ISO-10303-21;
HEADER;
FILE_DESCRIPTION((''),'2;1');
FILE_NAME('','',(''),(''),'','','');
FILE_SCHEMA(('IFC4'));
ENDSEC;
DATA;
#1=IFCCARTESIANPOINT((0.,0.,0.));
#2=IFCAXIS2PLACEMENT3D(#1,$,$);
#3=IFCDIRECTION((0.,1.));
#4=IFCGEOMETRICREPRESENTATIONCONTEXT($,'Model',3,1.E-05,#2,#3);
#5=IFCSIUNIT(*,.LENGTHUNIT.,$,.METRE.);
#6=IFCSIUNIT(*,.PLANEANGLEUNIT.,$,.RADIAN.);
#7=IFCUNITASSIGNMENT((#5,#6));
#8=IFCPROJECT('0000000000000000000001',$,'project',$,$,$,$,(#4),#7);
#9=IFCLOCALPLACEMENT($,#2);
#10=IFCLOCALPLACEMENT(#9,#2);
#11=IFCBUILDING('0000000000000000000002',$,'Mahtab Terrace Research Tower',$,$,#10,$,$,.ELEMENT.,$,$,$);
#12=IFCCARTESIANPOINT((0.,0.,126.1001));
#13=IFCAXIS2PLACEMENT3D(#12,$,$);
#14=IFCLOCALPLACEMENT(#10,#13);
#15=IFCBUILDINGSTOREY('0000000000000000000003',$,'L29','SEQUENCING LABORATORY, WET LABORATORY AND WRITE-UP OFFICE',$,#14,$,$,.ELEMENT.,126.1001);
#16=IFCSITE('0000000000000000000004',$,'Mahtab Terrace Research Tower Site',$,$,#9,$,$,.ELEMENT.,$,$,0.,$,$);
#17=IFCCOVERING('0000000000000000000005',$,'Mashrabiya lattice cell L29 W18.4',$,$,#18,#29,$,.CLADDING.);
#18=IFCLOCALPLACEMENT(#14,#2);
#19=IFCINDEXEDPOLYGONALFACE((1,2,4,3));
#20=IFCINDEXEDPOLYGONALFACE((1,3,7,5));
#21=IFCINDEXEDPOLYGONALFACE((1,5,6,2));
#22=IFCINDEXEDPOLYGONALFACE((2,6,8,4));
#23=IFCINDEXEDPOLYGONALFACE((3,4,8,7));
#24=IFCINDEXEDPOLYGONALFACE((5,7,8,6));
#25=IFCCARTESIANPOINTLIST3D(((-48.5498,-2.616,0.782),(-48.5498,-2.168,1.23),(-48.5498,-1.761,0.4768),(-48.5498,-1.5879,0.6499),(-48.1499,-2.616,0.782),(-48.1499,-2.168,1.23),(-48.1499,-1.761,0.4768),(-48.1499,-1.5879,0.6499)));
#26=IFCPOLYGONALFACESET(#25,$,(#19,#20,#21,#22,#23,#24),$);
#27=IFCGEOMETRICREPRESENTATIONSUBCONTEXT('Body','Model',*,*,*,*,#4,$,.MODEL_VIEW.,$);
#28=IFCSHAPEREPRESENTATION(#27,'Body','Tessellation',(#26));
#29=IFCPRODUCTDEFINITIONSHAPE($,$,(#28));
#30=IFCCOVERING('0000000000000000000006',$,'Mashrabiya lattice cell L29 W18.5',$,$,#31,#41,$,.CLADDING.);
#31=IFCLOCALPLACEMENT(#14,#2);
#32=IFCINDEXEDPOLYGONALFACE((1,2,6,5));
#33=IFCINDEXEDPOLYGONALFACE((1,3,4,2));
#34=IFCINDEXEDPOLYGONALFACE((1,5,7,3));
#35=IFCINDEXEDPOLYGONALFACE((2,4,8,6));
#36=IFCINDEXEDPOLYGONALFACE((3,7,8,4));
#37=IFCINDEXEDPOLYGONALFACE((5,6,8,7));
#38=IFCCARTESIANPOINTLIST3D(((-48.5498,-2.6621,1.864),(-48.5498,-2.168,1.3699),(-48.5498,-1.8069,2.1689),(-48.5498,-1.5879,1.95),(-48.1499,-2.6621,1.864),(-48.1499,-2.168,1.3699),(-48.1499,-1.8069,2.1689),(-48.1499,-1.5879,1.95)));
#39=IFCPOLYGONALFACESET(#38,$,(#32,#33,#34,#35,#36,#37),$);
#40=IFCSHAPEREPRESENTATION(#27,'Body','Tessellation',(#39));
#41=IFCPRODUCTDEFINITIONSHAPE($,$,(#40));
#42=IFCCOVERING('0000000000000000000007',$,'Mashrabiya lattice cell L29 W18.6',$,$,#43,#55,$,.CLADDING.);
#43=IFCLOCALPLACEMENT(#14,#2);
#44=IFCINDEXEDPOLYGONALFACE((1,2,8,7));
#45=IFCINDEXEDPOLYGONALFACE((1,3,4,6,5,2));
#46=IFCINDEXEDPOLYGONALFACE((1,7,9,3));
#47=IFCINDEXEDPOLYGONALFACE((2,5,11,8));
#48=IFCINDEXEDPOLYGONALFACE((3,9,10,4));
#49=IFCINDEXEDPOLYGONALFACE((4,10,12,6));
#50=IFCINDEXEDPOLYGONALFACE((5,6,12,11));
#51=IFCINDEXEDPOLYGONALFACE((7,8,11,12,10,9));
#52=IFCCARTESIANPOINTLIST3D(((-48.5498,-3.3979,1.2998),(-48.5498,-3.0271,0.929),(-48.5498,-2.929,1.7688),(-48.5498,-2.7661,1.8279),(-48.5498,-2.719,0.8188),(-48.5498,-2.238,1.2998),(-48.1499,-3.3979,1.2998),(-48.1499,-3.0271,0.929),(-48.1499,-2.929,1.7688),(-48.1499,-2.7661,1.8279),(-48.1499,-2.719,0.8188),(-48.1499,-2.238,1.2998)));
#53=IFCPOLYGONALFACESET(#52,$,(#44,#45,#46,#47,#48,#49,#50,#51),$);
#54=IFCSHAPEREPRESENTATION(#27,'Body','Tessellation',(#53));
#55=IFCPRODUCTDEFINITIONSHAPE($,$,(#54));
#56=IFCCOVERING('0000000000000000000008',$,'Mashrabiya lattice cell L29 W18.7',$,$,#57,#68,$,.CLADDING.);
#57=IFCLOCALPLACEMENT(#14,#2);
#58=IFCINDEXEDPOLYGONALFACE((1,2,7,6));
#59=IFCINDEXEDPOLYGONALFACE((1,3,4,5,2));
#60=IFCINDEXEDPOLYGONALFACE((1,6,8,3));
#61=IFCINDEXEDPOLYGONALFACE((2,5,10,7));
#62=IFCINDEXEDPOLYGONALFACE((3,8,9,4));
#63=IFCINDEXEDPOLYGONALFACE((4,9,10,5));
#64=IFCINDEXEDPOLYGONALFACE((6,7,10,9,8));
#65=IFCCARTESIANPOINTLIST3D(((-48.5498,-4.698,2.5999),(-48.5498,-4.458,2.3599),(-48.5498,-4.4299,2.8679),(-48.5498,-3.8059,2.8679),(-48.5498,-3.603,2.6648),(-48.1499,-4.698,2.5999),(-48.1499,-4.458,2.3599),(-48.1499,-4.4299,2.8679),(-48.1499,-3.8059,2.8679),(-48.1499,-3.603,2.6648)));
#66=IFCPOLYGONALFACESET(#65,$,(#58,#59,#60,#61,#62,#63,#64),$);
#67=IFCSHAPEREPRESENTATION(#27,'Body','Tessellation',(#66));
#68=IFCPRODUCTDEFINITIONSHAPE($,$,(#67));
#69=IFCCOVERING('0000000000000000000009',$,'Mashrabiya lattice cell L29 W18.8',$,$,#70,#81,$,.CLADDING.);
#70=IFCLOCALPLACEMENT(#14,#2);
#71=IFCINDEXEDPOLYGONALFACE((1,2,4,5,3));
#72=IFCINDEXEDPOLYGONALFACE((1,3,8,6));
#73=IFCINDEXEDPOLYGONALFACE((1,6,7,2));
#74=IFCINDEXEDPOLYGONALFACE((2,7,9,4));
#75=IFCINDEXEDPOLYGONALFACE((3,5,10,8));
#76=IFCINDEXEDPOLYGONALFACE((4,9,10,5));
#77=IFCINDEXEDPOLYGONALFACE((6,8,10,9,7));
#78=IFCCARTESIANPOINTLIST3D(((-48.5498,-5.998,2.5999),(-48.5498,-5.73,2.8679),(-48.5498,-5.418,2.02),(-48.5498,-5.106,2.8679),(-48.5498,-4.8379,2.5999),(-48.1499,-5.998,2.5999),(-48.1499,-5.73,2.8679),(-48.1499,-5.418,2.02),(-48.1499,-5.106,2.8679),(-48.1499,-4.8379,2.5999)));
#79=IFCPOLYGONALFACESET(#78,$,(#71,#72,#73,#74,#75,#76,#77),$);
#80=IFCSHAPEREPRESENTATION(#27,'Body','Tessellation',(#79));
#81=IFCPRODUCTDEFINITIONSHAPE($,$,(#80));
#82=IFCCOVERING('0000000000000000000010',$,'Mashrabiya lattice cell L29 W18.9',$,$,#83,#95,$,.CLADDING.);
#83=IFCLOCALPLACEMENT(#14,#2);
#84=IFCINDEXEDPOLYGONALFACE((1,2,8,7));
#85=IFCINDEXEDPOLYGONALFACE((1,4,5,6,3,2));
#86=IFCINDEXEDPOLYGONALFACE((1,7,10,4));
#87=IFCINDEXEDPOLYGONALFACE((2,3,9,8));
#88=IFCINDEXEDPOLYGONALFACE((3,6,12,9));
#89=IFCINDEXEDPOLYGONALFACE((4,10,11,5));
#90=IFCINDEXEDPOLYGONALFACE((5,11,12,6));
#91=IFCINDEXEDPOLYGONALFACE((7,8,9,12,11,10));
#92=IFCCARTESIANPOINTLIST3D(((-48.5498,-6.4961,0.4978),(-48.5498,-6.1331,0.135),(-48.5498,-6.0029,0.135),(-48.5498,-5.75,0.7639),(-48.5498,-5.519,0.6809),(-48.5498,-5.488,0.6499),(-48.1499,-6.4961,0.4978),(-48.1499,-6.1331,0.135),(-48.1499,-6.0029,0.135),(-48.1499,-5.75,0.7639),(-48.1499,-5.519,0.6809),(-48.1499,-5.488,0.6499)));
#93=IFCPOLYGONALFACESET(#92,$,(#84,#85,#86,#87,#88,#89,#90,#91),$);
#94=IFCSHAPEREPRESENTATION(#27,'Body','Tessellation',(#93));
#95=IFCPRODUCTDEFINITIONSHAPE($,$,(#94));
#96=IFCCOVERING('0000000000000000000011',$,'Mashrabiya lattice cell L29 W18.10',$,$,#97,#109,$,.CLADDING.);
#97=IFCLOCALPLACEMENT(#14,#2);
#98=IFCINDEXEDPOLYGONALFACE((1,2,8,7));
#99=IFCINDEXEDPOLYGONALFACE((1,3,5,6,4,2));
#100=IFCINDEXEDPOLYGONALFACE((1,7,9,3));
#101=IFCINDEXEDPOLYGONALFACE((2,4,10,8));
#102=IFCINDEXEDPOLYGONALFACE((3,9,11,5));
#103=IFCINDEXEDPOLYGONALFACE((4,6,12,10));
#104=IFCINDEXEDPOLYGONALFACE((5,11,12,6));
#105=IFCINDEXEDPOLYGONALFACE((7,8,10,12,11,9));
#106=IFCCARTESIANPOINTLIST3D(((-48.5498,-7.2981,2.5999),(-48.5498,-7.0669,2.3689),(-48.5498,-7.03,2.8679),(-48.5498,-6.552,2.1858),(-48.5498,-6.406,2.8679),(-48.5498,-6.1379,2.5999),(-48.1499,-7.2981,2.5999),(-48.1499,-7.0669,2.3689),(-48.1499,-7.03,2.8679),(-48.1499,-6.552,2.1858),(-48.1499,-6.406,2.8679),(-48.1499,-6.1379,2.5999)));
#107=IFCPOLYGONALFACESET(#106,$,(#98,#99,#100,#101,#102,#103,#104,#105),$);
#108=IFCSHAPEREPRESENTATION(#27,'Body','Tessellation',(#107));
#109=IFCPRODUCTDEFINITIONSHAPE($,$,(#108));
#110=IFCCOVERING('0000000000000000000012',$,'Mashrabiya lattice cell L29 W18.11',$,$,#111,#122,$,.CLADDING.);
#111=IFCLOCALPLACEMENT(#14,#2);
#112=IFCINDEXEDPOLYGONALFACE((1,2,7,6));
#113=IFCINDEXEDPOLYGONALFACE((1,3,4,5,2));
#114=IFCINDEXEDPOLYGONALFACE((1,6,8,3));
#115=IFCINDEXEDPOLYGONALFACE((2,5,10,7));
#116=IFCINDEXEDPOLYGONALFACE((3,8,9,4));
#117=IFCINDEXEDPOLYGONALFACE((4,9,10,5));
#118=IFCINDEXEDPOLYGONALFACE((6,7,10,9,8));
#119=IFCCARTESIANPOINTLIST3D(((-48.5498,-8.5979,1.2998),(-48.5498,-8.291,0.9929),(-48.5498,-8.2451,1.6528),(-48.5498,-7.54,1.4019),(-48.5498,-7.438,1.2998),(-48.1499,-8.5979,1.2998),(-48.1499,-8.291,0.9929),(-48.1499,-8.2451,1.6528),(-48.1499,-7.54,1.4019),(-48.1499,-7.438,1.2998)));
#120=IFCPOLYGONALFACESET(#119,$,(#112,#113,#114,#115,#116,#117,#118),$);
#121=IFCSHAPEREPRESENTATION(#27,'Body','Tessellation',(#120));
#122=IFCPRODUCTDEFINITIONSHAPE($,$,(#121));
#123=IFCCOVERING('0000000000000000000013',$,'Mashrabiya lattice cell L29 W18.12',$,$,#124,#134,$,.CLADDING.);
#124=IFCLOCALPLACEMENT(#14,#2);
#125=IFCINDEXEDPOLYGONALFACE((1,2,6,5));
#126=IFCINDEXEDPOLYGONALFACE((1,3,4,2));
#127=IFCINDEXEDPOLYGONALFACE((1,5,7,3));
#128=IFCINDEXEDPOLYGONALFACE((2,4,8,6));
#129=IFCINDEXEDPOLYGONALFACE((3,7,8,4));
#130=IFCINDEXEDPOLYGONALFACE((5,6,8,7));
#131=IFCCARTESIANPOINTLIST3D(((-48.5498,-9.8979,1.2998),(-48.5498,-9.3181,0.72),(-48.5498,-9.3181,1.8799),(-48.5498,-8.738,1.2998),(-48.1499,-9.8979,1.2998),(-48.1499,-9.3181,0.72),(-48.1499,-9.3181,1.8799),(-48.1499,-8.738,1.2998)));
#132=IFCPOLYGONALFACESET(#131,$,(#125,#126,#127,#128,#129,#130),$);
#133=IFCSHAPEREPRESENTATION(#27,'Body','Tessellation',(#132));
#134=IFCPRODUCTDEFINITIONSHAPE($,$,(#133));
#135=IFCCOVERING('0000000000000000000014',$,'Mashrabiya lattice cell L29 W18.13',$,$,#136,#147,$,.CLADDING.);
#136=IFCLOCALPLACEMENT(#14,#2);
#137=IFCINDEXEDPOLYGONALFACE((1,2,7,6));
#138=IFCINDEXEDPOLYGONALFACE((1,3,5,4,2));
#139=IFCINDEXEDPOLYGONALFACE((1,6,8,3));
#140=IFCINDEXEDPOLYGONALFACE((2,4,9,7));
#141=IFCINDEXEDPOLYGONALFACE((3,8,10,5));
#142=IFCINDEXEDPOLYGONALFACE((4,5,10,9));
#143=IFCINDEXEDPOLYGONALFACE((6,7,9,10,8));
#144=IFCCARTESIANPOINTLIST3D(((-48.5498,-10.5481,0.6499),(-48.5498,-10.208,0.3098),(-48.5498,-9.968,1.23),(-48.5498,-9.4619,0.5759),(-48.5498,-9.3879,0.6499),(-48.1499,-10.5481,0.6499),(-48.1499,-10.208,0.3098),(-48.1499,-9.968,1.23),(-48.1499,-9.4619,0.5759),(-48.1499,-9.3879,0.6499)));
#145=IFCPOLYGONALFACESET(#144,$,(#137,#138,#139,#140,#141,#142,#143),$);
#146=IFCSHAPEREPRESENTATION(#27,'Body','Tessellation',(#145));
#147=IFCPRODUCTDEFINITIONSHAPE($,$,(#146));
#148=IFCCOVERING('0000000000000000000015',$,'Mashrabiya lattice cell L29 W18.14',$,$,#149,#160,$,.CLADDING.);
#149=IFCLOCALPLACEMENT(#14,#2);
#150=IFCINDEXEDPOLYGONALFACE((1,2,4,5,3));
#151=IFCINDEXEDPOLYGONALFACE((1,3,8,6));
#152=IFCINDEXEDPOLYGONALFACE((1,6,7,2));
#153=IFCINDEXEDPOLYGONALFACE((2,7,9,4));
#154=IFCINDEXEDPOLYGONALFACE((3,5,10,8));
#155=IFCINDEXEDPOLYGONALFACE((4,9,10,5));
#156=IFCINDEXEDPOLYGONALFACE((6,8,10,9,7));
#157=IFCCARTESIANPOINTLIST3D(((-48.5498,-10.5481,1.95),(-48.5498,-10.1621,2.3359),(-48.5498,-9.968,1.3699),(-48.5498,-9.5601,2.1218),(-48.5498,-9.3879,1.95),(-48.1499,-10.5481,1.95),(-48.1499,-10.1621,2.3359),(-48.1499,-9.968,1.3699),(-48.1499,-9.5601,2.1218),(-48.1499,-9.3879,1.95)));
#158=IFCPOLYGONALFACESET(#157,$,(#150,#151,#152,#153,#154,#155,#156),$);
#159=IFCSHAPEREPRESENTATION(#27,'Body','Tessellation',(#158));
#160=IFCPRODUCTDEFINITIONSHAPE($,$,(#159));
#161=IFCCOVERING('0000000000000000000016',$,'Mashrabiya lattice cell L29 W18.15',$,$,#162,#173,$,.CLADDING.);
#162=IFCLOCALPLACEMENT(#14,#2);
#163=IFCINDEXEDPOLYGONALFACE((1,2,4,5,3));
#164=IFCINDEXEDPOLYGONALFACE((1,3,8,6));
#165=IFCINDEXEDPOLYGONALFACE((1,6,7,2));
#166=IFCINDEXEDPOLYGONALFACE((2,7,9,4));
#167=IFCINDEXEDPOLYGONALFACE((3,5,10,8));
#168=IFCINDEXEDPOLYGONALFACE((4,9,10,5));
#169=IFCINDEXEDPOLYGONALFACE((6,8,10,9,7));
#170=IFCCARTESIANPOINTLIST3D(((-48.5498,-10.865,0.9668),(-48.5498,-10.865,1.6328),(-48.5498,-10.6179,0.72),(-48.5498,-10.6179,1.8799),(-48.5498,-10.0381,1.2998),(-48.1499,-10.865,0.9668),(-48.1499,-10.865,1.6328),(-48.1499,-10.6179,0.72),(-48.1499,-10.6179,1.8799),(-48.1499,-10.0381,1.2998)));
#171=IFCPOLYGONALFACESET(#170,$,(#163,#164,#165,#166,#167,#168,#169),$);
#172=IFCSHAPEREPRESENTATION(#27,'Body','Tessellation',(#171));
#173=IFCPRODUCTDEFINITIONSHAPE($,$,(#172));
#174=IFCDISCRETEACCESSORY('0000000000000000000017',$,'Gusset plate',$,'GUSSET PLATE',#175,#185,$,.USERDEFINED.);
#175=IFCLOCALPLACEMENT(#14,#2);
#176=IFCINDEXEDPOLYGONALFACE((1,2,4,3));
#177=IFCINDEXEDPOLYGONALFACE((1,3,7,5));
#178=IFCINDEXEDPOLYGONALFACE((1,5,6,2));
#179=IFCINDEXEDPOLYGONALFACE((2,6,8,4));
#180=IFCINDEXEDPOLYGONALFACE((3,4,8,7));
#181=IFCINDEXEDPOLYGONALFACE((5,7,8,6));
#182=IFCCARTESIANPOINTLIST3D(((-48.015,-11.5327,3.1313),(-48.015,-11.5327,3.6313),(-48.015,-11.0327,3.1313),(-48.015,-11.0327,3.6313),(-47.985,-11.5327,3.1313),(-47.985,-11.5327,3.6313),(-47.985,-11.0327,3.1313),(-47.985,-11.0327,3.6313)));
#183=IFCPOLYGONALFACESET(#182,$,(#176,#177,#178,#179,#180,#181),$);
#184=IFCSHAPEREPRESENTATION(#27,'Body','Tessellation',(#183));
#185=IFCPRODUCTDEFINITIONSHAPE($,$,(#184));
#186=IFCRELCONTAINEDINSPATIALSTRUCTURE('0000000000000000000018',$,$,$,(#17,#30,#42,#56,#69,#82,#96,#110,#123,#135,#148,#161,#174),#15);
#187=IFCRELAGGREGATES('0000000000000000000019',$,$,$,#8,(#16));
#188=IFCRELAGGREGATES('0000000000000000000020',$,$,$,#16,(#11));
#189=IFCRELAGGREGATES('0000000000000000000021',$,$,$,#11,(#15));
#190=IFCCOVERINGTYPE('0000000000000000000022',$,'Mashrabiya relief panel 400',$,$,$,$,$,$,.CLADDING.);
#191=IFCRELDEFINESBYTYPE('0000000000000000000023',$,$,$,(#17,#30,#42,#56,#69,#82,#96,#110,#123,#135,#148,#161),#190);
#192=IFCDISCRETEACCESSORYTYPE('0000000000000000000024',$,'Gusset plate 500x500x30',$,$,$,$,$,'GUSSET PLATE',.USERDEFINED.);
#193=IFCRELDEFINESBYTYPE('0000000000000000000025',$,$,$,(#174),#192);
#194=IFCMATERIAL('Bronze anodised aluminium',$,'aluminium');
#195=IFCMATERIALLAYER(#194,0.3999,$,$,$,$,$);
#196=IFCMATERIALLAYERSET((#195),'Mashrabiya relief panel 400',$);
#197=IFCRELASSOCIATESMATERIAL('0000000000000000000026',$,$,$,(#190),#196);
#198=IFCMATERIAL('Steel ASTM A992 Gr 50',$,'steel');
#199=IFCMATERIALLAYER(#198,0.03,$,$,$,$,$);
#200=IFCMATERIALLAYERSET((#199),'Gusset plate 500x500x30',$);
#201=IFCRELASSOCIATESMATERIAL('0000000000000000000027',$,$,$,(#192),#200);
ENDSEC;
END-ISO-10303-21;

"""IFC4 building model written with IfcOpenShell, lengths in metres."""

from ifc_helpers import new_model, si_unit, direction, frame, origin, origin_2d, place, context, subcontext, project, spatial, polyline, rectangle, outline, extrude, material, layer, layer_set, type_object, element, save


model = new_model("IFC4")

# Units and contexts
model_context = context("Model", 3, precision=1e-05, world=origin(), true_north=direction((0.0, 1.0)))
body_context = subcontext(model_context, "Body", "Model", "MODEL_VIEW")
ifc_project = project(units=[si_unit("LENGTHUNIT", "METRE"), si_unit("PLANEANGLEUNIT", "RADIAN")], contexts=[model_context])

# Site, building, storey
site_placement = place(None, origin())
site = spatial("IfcSite", under=ifc_project, at=site_placement, Name="Mahtab Terrace Research Tower Site", CompositionType="ELEMENT", RefElevation=0.0)
building_placement = place(site_placement, origin())
building = spatial("IfcBuilding", under=site, at=building_placement, Name="Mahtab Terrace Research Tower", CompositionType="ELEMENT")
storey_placement = place(building_placement, frame((0.0, 0.0, 126.1001)))
storey = spatial("IfcBuildingStorey", under=building, at=storey_placement, Name="L29", Description="SEQUENCING LABORATORY, WET LABORATORY AND WRITE-UP OFFICE", CompositionType="ELEMENT", Elevation=126.1001)

# Shared definitions
ifc_material_1 = material(Name="Steel ASTM A992 Gr 50", Category="steel")

# Coverings
ifc_material_2 = material(Name="Bronze anodised aluminium", Category="aluminium")
ifc_layer_1 = layer(ifc_material_2, 0.3999)
ifc_layer_set_1 = layer_set([ifc_layer_1], Name="Mashrabiya relief panel 400")
covering_type = type_object("IfcCoveringType", Name="Mashrabiya relief panel 400", PredefinedType="CLADDING", material=ifc_layer_set_1)
covering_1_placement = place(storey_placement, frame((-48.1499, -1.5879, 0.6499), z_axis=(1.0, 0.0, 0.0), x_axis=(0.0, -0.707107, 0.707107)))
element("IfcCovering", 1, at=covering_1_placement, inside=storey, type_object=covering_type, Name="Mashrabiya lattice cell L29 W18.4", PredefinedType="CLADDING", context=body_context, shape_type="SweptSolid", body=[
    extrude(outline(polyline([(0.0, 0.0), (0.8204, 0.0), (0.8204, 0.6336), (0.0, 0.2448), (0.0, 0.0)])), origin(), (0.0, 0.0, -1.0), 0.3999),
])
covering_2_placement = place(storey_placement, frame((-48.1499, -2.168, 1.3699), z_axis=(1.0, 0.0, 0.0), x_axis=(0.0, 0.707107, 0.707107)))
element("IfcCovering", 2, at=covering_2_placement, inside=storey, type_object=covering_type, Name="Mashrabiya lattice cell L29 W18.5", PredefinedType="CLADDING", context=body_context, shape_type="SweptSolid", body=[
    extrude(outline(polyline([(0.0, 0.0), (0.8204, 0.0), (0.8204, 0.3097), (0.0, 0.6988), (0.0, 0.0)])), origin(), (0.0, 0.0, -1.0), 0.3999),
])
covering_3_placement = place(storey_placement, frame((-48.1499, -2.238, 1.2998), z_axis=(1.0, 0.0, 0.0), x_axis=(0.0, -0.707107, 0.707107)))
element("IfcCovering", 3, at=covering_3_placement, inside=storey, type_object=covering_type, Name="Mashrabiya lattice cell L29 W18.6", PredefinedType="CLADDING", context=body_context, shape_type="SweptSolid", body=[
    extrude(outline(polyline([(0.0, 0.0), (0.7468, 0.0), (0.8202, 0.1569), (0.8202, 0.8202), (0.2957, 0.8202), (0.0, 0.6802), (0.0, 0.0)])), origin(), (0.0, 0.0, -1.0), 0.3999),
])
covering_4_placement = place(storey_placement, frame((-48.1499, -4.698, 2.5999), z_axis=(1.0, 0.0, 0.0), x_axis=(0.0, 0.707107, -0.707107)))
element("IfcCovering", 4, at=covering_4_placement, inside=storey, type_object=covering_type, Name="Mashrabiya lattice cell L29 W18.7", PredefinedType="CLADDING", context=body_context, shape_type="SweptSolid", body=[
    extrude(outline(polyline([(0.0, 0.0), (0.3394, 0.0), (0.7283, 0.8202), (0.4413, 0.8204), (0.0, 0.3791), (0.0, 0.0)])), origin(), (0.0, 0.0, -1.0), 0.3999),
])
covering_5_placement = place(storey_placement, frame((-48.1499, -5.998, 2.5999), z_axis=(1.0, 0.0, 0.0), x_axis=(0.0, 0.707256, -0.706958)))
element("IfcCovering", 5, at=covering_5_placement, inside=storey, type_object=covering_type, Name="Mashrabiya lattice cell L29 W18.8", PredefinedType="CLADDING", context=body_context, shape_type="SweptSolid", body=[
    extrude(outline(polyline([(0.0, 0.0), (0.8202, 0.0), (0.8205, 0.8202), (0.4414, 0.8203), (0.0001, 0.3791), (0.0, 0.0)])), origin(), (0.0, 0.0, -1.0), 0.3999),
])
covering_6_placement = place(storey_placement, frame((-48.1499, -5.488, 0.6499), z_axis=(1.0, 0.0, 0.0), x_axis=(0.0, -0.707107, 0.707107)))
element("IfcCovering", 6, at=covering_6_placement, inside=storey, type_object=covering_type, Name="Mashrabiya lattice cell L29 W18.9", PredefinedType="CLADDING", context=body_context, shape_type="SweptSolid", body=[
    extrude(outline(polyline([(0.0, 0.0), (0.0438, 0.0), (0.2659, 0.1046), (0.6053, 0.8204), (0.092, 0.8202), (0.0, 0.7282), (0.0, 0.0)])), origin(), (0.0, 0.0, -1.0), 0.3999),
])
covering_7_placement = place(storey_placement, frame((-48.1499, -6.1379, 2.5999), z_axis=(1.0, 0.0, 0.0), x_axis=(0.0, -0.707107, 0.707107)))
element("IfcCovering", 7, at=covering_7_placement, inside=storey, type_object=covering_type, Name="Mashrabiya lattice cell L29 W18.10", PredefinedType="CLADDING", context=body_context, shape_type="SweptSolid", body=[
    extrude(outline(polyline([(0.0, 0.0), (0.3791, 0.0), (0.8204, 0.4413), (0.8204, 0.8204), (0.4936, 0.8202), (0.0, 0.5856), (0.0, 0.0)])), origin(), (0.0, 0.0, -1.0), 0.3999),
])
covering_8_placement = place(storey_placement, frame((-48.1499, -7.438, 1.2998), z_axis=(1.0, 0.0, 0.0), x_axis=(0.0, -0.707107, 0.707107)))
element("IfcCovering", 8, at=covering_8_placement, inside=storey, type_object=covering_type, Name="Mashrabiya lattice cell L29 W18.11", PredefinedType="CLADDING", context=body_context, shape_type="SweptSolid", body=[
    extrude(outline(polyline([(0.0, 0.0), (0.1443, 0.0), (0.8204, 0.3211), (0.8202, 0.8202), (0.3862, 0.8202), (0.0, 0.0)])), origin(), (0.0, 0.0, -1.0), 0.3999),
])
covering_9_placement = place(storey_placement, frame((-48.1499, -9.3181, 1.8799), z_axis=(1.0, 0.0, 0.0), x_axis=(0.0, -0.706958, -0.707256)))
element("IfcCovering", 9, at=covering_9_placement, inside=storey, type_object=covering_type, Name="Mashrabiya lattice cell L29 W18.12", PredefinedType="CLADDING", context=body_context, shape_type="SweptSolid", body=[
    extrude(outline(polyline([(0.0, 0.0), (0.8202, 0.0), (0.8204, 0.82), (0.0002, 0.8204), (0.0, 0.0)])), origin(), (0.0, 0.0, -1.0), 0.3999),
])
covering_10_placement = place(storey_placement, frame((-48.1499, -9.3879, 0.6499), z_axis=(1.0, 0.0, 0.0), x_axis=(0.0, -0.707107, 0.707107)))
element("IfcCovering", 10, at=covering_10_placement, inside=storey, type_object=covering_type, Name="Mashrabiya lattice cell L29 W18.13", PredefinedType="CLADDING", context=body_context, shape_type="SweptSolid", body=[
    extrude(outline(polyline([(0.0, 0.0), (0.8204, 0.0), (0.8204, 0.8204), (0.3394, 0.8204), (0.0, 0.1046), (0.0, 0.0)])), origin(), (0.0, 0.0, -1.0), 0.3999),
])
covering_11_placement = place(storey_placement, frame((-48.1499, -10.5481, 1.95), z_axis=(1.0, 0.0, 0.0), x_axis=(0.0, 0.707107, -0.707107)))
element("IfcCovering", 11, at=covering_11_placement, inside=storey, type_object=covering_type, Name="Mashrabiya lattice cell L29 W18.14", PredefinedType="CLADDING", context=body_context, shape_type="SweptSolid", body=[
    extrude(outline(polyline([(0.0, 0.0), (0.8204, 0.0), (0.8204, 0.8204), (0.5771, 0.8202), (0.0, 0.5459), (0.0, 0.0)])), origin(), (0.0, 0.0, -1.0), 0.3999),
])
covering_12_placement = place(storey_placement, frame((-48.1499, -10.6179, 0.72), z_axis=(1.0, 0.0, 0.0), x_axis=(0.0, 0.707107, 0.707107)))
element("IfcCovering", 12, at=covering_12_placement, inside=storey, type_object=covering_type, Name="Mashrabiya lattice cell L29 W18.15", PredefinedType="CLADDING", context=body_context, shape_type="SweptSolid", body=[
    extrude(outline(polyline([(0.0, 0.0), (0.82, 0.0), (0.8202, 0.8202), (0.4708, 0.8202), (-0.0002, 0.3492), (0.0, 0.0)])), origin(), (0.0, 0.0, -1.0), 0.3999),
])

# Discrete accessory
ifc_layer_2 = layer(ifc_material_1, 0.03)
ifc_layer_set_2 = layer_set([ifc_layer_2], Name="Gusset plate 500x500x30")
discrete_accessory_type = type_object("IfcDiscreteAccessoryType", Name="Gusset plate 500x500x30", ElementType="GUSSET PLATE", PredefinedType="USERDEFINED", material=ifc_layer_set_2)
for number, where, z_axis, x_axis, name in (
    (13, (-48.0, -11.2827, 3.1313), (0.0, 0.0, 1.0), (0.0, 1.0, 0.0), "Gusset plate"),
):
    element("IfcDiscreteAccessory", number, at=place(storey_placement, frame(where, z_axis=z_axis, x_axis=x_axis)), inside=storey, type_object=discrete_accessory_type, Name=name, ObjectType="GUSSET PLATE", PredefinedType="USERDEFINED", context=body_context, shape_type="SweptSolid", body=[
        extrude(rectangle(XDim=0.5, YDim=0.03, at=origin_2d()), origin(), (0.0, 0.0, 1.0), 0.5),
    ])

save(model, "model.ifc")
